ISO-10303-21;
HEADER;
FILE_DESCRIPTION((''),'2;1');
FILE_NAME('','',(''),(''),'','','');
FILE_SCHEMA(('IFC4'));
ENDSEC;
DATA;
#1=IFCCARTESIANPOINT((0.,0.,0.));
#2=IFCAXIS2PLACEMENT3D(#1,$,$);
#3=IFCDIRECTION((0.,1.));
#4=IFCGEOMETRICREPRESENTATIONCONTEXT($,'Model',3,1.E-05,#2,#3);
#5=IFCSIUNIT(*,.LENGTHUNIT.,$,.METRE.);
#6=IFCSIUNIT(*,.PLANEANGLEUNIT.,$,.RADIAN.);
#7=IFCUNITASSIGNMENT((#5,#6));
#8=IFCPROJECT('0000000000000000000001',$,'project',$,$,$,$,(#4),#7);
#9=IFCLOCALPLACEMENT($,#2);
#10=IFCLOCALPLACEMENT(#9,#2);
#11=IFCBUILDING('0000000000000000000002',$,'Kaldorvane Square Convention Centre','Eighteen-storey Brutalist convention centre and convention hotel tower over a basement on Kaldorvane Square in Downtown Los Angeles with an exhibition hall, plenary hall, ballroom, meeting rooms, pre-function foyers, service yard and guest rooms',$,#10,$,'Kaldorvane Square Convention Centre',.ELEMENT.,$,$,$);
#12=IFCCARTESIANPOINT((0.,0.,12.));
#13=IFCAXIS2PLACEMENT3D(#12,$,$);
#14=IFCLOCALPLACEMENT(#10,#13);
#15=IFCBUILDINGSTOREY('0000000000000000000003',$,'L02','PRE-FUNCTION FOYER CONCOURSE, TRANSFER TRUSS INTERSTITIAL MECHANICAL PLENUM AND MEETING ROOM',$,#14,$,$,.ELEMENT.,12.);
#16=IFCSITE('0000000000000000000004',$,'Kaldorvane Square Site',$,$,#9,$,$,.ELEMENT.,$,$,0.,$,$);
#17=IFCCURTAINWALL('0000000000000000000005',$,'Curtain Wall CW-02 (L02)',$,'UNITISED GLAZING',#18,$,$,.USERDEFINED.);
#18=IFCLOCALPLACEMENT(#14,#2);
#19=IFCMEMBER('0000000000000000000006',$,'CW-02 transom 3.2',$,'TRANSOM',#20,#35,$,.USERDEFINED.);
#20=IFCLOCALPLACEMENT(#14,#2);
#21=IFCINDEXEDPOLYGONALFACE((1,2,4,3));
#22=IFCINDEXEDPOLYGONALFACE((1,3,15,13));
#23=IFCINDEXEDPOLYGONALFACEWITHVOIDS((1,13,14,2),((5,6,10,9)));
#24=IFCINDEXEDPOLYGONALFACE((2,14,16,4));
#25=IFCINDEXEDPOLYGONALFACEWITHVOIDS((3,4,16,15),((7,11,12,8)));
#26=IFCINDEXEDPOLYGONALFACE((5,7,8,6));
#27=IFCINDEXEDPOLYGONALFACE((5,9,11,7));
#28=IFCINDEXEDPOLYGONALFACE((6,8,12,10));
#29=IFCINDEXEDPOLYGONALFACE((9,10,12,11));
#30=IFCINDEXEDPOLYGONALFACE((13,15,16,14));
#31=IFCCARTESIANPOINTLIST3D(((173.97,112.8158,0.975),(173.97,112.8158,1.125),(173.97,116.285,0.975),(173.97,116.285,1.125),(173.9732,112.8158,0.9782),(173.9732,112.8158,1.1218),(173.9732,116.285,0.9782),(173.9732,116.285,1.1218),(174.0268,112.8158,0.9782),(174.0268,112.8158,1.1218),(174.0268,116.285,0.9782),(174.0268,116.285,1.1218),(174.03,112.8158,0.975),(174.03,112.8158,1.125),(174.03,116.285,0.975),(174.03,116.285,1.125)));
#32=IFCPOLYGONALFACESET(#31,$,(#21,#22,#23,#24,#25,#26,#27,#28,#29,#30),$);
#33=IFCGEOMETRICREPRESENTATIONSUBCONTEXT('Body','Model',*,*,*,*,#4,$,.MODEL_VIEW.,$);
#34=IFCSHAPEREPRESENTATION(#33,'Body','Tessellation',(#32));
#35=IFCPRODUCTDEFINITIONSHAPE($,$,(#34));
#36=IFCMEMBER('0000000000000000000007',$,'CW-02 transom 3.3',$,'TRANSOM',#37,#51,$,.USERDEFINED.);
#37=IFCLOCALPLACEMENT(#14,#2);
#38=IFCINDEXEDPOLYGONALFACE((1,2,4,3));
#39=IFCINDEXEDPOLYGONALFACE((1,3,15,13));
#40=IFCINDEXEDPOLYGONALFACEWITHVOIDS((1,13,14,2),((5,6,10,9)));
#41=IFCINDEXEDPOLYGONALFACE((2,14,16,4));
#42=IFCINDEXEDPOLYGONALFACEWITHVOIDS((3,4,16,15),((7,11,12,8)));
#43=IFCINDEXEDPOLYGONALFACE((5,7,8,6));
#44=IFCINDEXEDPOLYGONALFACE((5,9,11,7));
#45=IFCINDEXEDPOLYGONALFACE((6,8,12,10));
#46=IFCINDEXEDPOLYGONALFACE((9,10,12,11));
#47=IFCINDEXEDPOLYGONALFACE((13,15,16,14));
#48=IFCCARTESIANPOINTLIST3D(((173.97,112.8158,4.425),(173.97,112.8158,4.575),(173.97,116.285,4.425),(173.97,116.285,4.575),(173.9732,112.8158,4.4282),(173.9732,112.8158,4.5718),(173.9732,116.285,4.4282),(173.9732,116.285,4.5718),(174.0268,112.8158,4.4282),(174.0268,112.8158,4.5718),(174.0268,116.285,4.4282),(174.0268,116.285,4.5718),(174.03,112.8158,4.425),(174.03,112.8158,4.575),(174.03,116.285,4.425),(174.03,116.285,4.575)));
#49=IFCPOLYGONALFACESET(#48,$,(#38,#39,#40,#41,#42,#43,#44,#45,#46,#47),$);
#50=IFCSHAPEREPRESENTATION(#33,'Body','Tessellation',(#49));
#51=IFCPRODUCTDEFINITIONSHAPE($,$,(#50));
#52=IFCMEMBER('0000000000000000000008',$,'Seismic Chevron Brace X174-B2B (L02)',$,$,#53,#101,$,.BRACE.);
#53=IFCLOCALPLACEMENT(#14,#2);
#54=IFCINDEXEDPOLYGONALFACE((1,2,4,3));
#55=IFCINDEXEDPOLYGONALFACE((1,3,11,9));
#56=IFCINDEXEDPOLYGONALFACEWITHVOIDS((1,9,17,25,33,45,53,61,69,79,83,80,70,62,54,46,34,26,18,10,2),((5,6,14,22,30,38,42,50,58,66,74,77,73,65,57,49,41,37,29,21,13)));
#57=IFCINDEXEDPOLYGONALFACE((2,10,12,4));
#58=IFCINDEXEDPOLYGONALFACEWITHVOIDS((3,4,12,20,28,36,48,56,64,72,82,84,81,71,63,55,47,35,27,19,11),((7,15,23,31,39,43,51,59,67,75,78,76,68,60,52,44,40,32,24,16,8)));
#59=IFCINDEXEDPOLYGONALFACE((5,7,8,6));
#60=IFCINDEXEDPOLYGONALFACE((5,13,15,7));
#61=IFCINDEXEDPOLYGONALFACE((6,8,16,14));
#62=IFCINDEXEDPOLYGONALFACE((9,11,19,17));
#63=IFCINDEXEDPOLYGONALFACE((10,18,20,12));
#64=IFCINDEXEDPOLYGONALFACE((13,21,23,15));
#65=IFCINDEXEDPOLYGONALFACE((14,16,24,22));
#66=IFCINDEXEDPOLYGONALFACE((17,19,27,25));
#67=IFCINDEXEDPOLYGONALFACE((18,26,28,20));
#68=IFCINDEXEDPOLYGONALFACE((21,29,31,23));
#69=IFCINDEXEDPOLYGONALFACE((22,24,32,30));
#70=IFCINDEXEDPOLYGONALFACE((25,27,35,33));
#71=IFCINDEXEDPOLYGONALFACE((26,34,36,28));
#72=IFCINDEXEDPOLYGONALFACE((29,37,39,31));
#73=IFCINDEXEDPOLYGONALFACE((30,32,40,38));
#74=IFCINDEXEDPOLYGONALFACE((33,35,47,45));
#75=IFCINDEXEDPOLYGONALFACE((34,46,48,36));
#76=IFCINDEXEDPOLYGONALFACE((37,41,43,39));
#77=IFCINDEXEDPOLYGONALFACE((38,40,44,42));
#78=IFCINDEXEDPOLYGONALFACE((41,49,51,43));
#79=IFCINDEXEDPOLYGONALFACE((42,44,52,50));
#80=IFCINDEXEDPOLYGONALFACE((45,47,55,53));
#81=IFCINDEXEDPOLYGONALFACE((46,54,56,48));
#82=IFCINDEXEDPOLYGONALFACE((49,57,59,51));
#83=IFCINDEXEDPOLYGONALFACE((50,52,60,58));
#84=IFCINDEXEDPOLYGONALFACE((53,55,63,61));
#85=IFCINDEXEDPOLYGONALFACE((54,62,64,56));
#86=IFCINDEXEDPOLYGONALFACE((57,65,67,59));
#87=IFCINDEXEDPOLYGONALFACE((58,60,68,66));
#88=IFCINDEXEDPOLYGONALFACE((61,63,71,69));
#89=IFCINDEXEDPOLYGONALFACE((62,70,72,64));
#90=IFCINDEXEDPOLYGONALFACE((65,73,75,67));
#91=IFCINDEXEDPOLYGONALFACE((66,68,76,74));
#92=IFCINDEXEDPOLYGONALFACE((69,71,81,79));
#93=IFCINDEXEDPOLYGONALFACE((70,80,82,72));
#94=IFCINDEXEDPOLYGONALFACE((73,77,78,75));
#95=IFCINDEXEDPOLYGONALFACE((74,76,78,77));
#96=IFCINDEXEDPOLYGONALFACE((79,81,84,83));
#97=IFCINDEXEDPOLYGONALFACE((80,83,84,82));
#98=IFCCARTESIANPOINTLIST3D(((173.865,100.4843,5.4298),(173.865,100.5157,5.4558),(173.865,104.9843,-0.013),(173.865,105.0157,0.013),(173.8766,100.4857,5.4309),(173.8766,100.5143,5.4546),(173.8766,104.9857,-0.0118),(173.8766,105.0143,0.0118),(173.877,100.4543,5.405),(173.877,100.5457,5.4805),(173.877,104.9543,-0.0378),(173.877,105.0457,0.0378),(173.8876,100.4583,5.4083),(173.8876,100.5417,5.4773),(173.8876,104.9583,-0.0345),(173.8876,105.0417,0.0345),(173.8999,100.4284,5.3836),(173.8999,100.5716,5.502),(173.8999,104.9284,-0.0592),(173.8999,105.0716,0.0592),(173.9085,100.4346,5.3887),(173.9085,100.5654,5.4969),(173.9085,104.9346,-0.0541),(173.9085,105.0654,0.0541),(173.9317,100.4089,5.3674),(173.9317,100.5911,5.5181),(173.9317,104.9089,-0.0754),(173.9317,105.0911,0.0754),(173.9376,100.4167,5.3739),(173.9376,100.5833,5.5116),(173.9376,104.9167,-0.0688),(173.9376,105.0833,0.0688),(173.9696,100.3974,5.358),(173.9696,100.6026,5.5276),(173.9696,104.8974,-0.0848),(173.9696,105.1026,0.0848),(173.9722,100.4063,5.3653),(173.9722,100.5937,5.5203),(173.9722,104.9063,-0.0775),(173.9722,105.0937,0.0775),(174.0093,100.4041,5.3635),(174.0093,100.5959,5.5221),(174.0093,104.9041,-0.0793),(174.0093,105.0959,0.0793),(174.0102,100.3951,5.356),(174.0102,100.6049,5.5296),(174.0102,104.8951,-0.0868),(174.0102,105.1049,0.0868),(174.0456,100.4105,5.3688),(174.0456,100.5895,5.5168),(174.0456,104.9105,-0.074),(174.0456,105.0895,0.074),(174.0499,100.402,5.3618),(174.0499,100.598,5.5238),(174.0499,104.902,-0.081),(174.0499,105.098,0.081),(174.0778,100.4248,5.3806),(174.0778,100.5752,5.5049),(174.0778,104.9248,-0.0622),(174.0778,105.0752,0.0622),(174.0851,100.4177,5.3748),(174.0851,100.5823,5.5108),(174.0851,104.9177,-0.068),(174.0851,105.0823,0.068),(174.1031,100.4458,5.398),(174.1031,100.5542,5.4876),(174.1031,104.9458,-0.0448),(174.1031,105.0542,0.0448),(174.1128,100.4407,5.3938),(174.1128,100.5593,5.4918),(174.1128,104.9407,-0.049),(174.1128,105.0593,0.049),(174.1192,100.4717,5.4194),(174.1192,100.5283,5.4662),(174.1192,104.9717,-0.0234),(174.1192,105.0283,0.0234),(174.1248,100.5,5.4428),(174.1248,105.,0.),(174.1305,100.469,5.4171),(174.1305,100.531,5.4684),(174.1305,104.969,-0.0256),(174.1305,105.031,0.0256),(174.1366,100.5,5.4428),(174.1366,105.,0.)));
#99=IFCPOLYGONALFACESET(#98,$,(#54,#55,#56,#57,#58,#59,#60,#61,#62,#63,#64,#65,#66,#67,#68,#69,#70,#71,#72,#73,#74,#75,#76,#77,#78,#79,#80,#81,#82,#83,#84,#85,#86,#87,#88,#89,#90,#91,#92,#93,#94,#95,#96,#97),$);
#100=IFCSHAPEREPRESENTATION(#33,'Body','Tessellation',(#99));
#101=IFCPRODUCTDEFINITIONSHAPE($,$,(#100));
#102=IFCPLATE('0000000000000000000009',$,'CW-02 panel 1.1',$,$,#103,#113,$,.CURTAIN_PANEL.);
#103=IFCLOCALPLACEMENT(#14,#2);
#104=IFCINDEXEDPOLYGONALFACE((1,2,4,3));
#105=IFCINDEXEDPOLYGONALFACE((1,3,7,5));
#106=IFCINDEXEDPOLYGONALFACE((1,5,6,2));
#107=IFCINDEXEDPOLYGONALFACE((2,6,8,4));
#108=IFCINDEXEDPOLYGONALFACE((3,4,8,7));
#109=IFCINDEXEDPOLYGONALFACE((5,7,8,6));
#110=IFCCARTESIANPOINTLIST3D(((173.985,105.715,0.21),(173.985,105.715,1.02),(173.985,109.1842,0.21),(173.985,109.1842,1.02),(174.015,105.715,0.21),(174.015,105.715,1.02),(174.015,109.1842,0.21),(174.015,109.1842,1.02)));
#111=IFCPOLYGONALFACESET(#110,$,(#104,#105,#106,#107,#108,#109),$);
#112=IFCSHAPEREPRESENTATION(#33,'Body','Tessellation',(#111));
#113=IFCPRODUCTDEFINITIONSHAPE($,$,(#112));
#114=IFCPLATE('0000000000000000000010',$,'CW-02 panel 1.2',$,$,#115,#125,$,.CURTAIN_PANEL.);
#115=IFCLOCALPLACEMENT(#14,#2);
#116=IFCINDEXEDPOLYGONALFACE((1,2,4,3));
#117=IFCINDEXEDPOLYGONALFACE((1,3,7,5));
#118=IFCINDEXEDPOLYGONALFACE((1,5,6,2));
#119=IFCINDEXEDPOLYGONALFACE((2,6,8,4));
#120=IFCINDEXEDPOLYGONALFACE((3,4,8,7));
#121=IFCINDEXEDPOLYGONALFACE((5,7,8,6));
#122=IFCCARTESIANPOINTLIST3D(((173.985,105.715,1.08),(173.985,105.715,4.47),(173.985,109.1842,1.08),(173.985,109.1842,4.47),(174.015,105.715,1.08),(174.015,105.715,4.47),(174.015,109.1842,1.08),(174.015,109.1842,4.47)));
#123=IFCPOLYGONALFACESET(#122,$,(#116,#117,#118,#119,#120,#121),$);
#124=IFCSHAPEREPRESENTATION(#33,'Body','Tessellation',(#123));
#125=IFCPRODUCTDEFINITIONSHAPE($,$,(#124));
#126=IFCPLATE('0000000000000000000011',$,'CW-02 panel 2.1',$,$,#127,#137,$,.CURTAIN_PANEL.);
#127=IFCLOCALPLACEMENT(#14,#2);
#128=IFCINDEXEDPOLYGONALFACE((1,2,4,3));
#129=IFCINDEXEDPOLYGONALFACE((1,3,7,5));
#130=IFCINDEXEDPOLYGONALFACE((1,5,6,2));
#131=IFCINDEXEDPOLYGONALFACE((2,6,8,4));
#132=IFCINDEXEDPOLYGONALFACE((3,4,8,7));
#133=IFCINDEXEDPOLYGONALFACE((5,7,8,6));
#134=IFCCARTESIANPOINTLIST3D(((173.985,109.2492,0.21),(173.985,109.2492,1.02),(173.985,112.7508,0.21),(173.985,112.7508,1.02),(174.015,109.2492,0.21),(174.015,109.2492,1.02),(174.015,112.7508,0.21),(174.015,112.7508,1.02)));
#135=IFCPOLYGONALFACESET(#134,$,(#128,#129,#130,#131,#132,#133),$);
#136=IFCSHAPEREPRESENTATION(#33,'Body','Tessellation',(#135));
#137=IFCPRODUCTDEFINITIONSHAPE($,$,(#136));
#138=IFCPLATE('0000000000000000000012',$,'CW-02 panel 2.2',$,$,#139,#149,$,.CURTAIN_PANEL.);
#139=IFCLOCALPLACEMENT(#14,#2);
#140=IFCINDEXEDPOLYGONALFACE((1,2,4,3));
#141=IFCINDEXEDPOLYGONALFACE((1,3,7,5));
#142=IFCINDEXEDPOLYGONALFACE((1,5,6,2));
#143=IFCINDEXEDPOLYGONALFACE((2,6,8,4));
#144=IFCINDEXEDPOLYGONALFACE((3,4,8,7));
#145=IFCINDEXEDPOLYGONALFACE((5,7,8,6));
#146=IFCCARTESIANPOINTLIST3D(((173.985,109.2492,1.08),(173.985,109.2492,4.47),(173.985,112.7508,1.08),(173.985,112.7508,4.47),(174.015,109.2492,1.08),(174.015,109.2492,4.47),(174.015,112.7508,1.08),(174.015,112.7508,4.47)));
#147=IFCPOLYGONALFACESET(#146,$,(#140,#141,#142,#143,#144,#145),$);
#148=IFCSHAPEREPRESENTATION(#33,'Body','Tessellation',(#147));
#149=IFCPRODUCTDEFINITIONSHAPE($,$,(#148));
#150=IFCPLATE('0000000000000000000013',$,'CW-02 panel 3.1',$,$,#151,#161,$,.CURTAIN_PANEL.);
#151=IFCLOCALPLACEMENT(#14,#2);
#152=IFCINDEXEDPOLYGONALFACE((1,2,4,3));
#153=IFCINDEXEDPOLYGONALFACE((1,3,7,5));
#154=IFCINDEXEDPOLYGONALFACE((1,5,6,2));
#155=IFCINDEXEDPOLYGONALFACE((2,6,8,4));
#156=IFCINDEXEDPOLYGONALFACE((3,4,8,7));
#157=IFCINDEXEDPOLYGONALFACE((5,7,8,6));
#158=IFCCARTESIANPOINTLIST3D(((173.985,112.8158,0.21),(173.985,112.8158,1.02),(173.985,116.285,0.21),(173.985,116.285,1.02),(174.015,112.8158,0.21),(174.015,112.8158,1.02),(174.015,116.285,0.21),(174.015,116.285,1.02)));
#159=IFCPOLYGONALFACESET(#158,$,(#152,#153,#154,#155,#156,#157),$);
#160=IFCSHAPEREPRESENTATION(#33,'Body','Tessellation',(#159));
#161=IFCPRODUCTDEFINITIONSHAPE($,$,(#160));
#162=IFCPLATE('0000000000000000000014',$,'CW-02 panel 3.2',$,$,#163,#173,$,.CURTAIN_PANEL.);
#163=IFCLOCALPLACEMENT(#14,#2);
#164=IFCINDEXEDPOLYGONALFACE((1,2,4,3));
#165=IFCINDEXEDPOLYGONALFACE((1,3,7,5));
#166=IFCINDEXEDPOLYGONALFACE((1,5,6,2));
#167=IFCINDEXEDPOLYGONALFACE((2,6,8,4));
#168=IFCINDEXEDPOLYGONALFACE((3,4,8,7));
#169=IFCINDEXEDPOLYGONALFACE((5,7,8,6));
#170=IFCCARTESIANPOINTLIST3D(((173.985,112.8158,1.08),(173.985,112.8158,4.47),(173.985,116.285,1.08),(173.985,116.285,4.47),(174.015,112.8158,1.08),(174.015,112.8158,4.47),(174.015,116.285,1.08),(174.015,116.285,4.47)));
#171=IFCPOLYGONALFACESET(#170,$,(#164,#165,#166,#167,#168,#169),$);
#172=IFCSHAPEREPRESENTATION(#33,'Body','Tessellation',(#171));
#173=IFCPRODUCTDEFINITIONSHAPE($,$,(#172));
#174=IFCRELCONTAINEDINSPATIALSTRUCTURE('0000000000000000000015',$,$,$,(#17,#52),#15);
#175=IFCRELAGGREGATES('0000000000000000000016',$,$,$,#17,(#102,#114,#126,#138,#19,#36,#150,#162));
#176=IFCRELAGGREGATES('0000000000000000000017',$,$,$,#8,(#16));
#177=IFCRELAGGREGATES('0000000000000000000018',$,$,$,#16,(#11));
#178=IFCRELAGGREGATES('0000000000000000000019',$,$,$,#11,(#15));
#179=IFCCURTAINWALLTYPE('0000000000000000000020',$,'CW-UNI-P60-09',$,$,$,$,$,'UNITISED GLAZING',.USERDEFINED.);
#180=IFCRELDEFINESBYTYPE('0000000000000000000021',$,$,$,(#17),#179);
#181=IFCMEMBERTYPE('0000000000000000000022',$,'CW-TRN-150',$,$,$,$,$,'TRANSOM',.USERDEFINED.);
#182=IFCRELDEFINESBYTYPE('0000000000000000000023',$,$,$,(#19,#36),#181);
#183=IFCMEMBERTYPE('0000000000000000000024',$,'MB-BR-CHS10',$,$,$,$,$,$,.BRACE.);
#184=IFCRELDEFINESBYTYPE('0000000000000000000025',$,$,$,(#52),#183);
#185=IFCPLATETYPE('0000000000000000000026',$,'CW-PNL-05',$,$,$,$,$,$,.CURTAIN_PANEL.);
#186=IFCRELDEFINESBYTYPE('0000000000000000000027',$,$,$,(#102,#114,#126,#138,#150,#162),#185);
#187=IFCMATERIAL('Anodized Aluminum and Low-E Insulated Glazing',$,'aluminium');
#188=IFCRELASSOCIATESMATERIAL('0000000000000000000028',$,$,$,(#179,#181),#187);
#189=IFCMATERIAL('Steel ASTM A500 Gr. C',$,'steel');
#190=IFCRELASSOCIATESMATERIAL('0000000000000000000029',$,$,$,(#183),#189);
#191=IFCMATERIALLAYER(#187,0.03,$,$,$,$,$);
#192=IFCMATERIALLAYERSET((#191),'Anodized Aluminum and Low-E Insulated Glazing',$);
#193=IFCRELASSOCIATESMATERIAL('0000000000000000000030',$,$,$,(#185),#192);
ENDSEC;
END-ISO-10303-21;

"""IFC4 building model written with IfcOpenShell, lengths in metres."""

from ifc_helpers import new_model, si_unit, direction, frame, origin, origin_2d, place, context, subcontext, project, spatial, rectangle, hollow_rectangle, hollow_circle, extrude, material, layer, layer_set, material_profile, profile_set, type_object, element, aggregate, save


model = new_model("IFC4")

# Units and contexts
model_context = context("Model", 3, precision=1e-05, world=origin(), true_north=direction((0.0, 1.0)))
body_context = subcontext(model_context, "Body", "Model", "MODEL_VIEW")
ifc_project = project(units=[si_unit("LENGTHUNIT", "METRE"), si_unit("PLANEANGLEUNIT", "RADIAN")], contexts=[model_context])

# Site, building, storey
site_placement = place(None, origin())
site = spatial("IfcSite", under=ifc_project, at=site_placement, Name="Kaldorvane Square Site", CompositionType="ELEMENT", RefElevation=0.0)
building_placement = place(site_placement, origin())
building = spatial("IfcBuilding", under=site, at=building_placement, Name="Kaldorvane Square Convention Centre", Description="Eighteen-storey Brutalist convention centre and convention hotel tower over a basement on Kaldorvane Square in Downtown Los Angeles with an exhibition hall, plenary hall, ballroom, meeting rooms, pre-function foyers, service yard and guest rooms", LongName="Kaldorvane Square Convention Centre", CompositionType="ELEMENT")
storey_placement = place(building_placement, frame((0.0, 0.0, 12.0)))
storey = spatial("IfcBuildingStorey", under=building, at=storey_placement, Name="L02", Description="PRE-FUNCTION FOYER CONCOURSE, TRANSFER TRUSS INTERSTITIAL MECHANICAL PLENUM AND MEETING ROOM", CompositionType="ELEMENT", Elevation=12.0)

# Shared definitions
ifc_material_1 = material(Name="Steel ASTM A500 Gr. C", Category="steel")

# Curtain wall, members
ifc_material_2 = material(Name="Anodized Aluminum and Low-E Insulated Glazing", Category="aluminium")
curtain_wall_type = type_object("IfcCurtainWallType", Name="CW-UNI-P60-09", ElementType="UNITISED GLAZING", PredefinedType="USERDEFINED", material=ifc_material_2)
curtain_wall_placement = place(storey_placement, origin())
curtain_wall = element("IfcCurtainWall", 1, at=curtain_wall_placement, inside=storey, type_object=curtain_wall_type, Name="Curtain Wall CW-02 (L02)", ObjectType="UNITISED GLAZING", PredefinedType="USERDEFINED")
ifc_material_profile_1 = material_profile(ifc_material_2, hollow_rectangle(XDim=0.06, YDim=0.15, WallThickness=0.0032, at=origin_2d()), Name="CWT-150X60")
ifc_profile_set_1 = profile_set([ifc_material_profile_1], Name="Anodized Aluminum and Low-E Insulated Glazing")
member_type_1 = type_object("IfcMemberType", Name="CW-TRN-150", ElementType="TRANSOM", PredefinedType="USERDEFINED", material=ifc_profile_set_1)
member_1_placement = place(storey_placement, frame((174.0, 112.8158, 1.05), z_axis=(0.0, 1.0, 0.0), x_axis=(-1.0, 0.0, 0.0)))
member_1 = element("IfcMember", 2, at=member_1_placement, type_object=member_type_1, Name="CW-02 transom 3.2", ObjectType="TRANSOM", PredefinedType="USERDEFINED", context=body_context, shape_type="SweptSolid", body=[
    extrude(hollow_rectangle(XDim=0.06, YDim=0.15, WallThickness=0.0032, at=origin_2d()), origin(), (0.0, 0.0, 1.0), 3.4692),
])
member_2_placement = place(storey_placement, frame((174.0, 112.8158, 4.5), z_axis=(0.0, 1.0, 0.0), x_axis=(-1.0, 0.0, 0.0)))
member_2 = element("IfcMember", 3, at=member_2_placement, type_object=member_type_1, Name="CW-02 transom 3.3", ObjectType="TRANSOM", PredefinedType="USERDEFINED", context=body_context, shape_type="SweptSolid", body=[
    extrude(hollow_rectangle(XDim=0.06, YDim=0.15, WallThickness=0.0032, at=origin_2d()), origin(), (0.0, 0.0, 1.0), 3.4692),
])

# Member
ifc_material_profile_2 = material_profile(ifc_material_1, hollow_circle(Radius=0.1366, WallThickness=0.0118, at=origin_2d()), Name="HSS10.750X0.500")
ifc_profile_set_2 = profile_set([ifc_material_profile_2], Name="Steel ASTM A500 Gr. C")
member_type_2 = type_object("IfcMemberType", Name="MB-BR-CHS10", PredefinedType="BRACE", material=ifc_profile_set_2)
member_3_placement = place(storey_placement, frame((174.0, 105.0, 0.0), z_axis=(0.0, -0.637199, 0.770699), x_axis=(1.0, 0.0, 0.0)))
element("IfcMember", 4, at=member_3_placement, inside=storey, type_object=member_type_2, Name="Seismic Chevron Brace X174-B2B (L02)", PredefinedType="BRACE", context=body_context, shape_type="SweptSolid", body=[
    extrude(hollow_circle(Radius=0.1366, WallThickness=0.0118, at=origin_2d()), origin(), (0.0, 0.0, 1.0), 7.0621),
])

# Plates
ifc_layer_1 = layer(ifc_material_2, 0.03)
ifc_layer_set_1 = layer_set([ifc_layer_1], Name="Anodized Aluminum and Low-E Insulated Glazing")
plate_type = type_object("IfcPlateType", Name="CW-PNL-05", PredefinedType="CURTAIN_PANEL", material=ifc_layer_set_1)
plate_1_placement = place(storey_placement, frame((174.0, 107.4496, 0.21), z_axis=(0.0, 0.0, 1.0), x_axis=(0.0, 1.0, 0.0)))
plate_1 = element("IfcPlate", 5, at=plate_1_placement, type_object=plate_type, Name="CW-02 panel 1.1", PredefinedType="CURTAIN_PANEL", context=body_context, shape_type="SweptSolid", body=[
    extrude(rectangle(XDim=3.4692, YDim=0.03, at=origin_2d()), origin(), (0.0, 0.0, 1.0), 0.81),
])
plate_2_placement = place(storey_placement, frame((174.0, 107.4496, 1.08), z_axis=(0.0, 0.0, 1.0), x_axis=(0.0, 1.0, 0.0)))
plate_2 = element("IfcPlate", 6, at=plate_2_placement, type_object=plate_type, Name="CW-02 panel 1.2", PredefinedType="CURTAIN_PANEL", context=body_context, shape_type="SweptSolid", body=[
    extrude(rectangle(XDim=3.4692, YDim=0.03, at=origin_2d()), origin(), (0.0, 0.0, 1.0), 3.39),
])
plate_3_placement = place(storey_placement, frame((174.0, 111.0, 0.21), z_axis=(0.0, 0.0, 1.0), x_axis=(0.0, 1.0, 0.0)))
plate_3 = element("IfcPlate", 7, at=plate_3_placement, type_object=plate_type, Name="CW-02 panel 2.1", PredefinedType="CURTAIN_PANEL", context=body_context, shape_type="SweptSolid", body=[
    extrude(rectangle(XDim=3.5017, YDim=0.03, at=origin_2d()), origin(), (0.0, 0.0, 1.0), 0.81),
])
plate_4_placement = place(storey_placement, frame((174.0, 111.0, 1.08), z_axis=(0.0, 0.0, 1.0), x_axis=(0.0, 1.0, 0.0)))
plate_4 = element("IfcPlate", 8, at=plate_4_placement, type_object=plate_type, Name="CW-02 panel 2.2", PredefinedType="CURTAIN_PANEL", context=body_context, shape_type="SweptSolid", body=[
    extrude(rectangle(XDim=3.5017, YDim=0.03, at=origin_2d()), origin(), (0.0, 0.0, 1.0), 3.39),
])
plate_5_placement = place(storey_placement, frame((174.0, 114.5504, 0.21), z_axis=(0.0, 0.0, 1.0), x_axis=(0.0, 1.0, 0.0)))
plate_5 = element("IfcPlate", 9, at=plate_5_placement, type_object=plate_type, Name="CW-02 panel 3.1", PredefinedType="CURTAIN_PANEL", context=body_context, shape_type="SweptSolid", body=[
    extrude(rectangle(XDim=3.4692, YDim=0.03, at=origin_2d()), origin(), (0.0, 0.0, 1.0), 0.81),
])
plate_6_placement = place(storey_placement, frame((174.0, 114.5504, 1.08), z_axis=(0.0, 0.0, 1.0), x_axis=(0.0, 1.0, 0.0)))
plate_6 = element("IfcPlate", 10, at=plate_6_placement, type_object=plate_type, Name="CW-02 panel 3.2", PredefinedType="CURTAIN_PANEL", context=body_context, shape_type="SweptSolid", body=[
    extrude(rectangle(XDim=3.4692, YDim=0.03, at=origin_2d()), origin(), (0.0, 0.0, 1.0), 3.39),
])
aggregate(curtain_wall, [plate_1, plate_2, plate_3, plate_4, member_1, member_2, plate_5, plate_6])

save(model, "model.ifc")
